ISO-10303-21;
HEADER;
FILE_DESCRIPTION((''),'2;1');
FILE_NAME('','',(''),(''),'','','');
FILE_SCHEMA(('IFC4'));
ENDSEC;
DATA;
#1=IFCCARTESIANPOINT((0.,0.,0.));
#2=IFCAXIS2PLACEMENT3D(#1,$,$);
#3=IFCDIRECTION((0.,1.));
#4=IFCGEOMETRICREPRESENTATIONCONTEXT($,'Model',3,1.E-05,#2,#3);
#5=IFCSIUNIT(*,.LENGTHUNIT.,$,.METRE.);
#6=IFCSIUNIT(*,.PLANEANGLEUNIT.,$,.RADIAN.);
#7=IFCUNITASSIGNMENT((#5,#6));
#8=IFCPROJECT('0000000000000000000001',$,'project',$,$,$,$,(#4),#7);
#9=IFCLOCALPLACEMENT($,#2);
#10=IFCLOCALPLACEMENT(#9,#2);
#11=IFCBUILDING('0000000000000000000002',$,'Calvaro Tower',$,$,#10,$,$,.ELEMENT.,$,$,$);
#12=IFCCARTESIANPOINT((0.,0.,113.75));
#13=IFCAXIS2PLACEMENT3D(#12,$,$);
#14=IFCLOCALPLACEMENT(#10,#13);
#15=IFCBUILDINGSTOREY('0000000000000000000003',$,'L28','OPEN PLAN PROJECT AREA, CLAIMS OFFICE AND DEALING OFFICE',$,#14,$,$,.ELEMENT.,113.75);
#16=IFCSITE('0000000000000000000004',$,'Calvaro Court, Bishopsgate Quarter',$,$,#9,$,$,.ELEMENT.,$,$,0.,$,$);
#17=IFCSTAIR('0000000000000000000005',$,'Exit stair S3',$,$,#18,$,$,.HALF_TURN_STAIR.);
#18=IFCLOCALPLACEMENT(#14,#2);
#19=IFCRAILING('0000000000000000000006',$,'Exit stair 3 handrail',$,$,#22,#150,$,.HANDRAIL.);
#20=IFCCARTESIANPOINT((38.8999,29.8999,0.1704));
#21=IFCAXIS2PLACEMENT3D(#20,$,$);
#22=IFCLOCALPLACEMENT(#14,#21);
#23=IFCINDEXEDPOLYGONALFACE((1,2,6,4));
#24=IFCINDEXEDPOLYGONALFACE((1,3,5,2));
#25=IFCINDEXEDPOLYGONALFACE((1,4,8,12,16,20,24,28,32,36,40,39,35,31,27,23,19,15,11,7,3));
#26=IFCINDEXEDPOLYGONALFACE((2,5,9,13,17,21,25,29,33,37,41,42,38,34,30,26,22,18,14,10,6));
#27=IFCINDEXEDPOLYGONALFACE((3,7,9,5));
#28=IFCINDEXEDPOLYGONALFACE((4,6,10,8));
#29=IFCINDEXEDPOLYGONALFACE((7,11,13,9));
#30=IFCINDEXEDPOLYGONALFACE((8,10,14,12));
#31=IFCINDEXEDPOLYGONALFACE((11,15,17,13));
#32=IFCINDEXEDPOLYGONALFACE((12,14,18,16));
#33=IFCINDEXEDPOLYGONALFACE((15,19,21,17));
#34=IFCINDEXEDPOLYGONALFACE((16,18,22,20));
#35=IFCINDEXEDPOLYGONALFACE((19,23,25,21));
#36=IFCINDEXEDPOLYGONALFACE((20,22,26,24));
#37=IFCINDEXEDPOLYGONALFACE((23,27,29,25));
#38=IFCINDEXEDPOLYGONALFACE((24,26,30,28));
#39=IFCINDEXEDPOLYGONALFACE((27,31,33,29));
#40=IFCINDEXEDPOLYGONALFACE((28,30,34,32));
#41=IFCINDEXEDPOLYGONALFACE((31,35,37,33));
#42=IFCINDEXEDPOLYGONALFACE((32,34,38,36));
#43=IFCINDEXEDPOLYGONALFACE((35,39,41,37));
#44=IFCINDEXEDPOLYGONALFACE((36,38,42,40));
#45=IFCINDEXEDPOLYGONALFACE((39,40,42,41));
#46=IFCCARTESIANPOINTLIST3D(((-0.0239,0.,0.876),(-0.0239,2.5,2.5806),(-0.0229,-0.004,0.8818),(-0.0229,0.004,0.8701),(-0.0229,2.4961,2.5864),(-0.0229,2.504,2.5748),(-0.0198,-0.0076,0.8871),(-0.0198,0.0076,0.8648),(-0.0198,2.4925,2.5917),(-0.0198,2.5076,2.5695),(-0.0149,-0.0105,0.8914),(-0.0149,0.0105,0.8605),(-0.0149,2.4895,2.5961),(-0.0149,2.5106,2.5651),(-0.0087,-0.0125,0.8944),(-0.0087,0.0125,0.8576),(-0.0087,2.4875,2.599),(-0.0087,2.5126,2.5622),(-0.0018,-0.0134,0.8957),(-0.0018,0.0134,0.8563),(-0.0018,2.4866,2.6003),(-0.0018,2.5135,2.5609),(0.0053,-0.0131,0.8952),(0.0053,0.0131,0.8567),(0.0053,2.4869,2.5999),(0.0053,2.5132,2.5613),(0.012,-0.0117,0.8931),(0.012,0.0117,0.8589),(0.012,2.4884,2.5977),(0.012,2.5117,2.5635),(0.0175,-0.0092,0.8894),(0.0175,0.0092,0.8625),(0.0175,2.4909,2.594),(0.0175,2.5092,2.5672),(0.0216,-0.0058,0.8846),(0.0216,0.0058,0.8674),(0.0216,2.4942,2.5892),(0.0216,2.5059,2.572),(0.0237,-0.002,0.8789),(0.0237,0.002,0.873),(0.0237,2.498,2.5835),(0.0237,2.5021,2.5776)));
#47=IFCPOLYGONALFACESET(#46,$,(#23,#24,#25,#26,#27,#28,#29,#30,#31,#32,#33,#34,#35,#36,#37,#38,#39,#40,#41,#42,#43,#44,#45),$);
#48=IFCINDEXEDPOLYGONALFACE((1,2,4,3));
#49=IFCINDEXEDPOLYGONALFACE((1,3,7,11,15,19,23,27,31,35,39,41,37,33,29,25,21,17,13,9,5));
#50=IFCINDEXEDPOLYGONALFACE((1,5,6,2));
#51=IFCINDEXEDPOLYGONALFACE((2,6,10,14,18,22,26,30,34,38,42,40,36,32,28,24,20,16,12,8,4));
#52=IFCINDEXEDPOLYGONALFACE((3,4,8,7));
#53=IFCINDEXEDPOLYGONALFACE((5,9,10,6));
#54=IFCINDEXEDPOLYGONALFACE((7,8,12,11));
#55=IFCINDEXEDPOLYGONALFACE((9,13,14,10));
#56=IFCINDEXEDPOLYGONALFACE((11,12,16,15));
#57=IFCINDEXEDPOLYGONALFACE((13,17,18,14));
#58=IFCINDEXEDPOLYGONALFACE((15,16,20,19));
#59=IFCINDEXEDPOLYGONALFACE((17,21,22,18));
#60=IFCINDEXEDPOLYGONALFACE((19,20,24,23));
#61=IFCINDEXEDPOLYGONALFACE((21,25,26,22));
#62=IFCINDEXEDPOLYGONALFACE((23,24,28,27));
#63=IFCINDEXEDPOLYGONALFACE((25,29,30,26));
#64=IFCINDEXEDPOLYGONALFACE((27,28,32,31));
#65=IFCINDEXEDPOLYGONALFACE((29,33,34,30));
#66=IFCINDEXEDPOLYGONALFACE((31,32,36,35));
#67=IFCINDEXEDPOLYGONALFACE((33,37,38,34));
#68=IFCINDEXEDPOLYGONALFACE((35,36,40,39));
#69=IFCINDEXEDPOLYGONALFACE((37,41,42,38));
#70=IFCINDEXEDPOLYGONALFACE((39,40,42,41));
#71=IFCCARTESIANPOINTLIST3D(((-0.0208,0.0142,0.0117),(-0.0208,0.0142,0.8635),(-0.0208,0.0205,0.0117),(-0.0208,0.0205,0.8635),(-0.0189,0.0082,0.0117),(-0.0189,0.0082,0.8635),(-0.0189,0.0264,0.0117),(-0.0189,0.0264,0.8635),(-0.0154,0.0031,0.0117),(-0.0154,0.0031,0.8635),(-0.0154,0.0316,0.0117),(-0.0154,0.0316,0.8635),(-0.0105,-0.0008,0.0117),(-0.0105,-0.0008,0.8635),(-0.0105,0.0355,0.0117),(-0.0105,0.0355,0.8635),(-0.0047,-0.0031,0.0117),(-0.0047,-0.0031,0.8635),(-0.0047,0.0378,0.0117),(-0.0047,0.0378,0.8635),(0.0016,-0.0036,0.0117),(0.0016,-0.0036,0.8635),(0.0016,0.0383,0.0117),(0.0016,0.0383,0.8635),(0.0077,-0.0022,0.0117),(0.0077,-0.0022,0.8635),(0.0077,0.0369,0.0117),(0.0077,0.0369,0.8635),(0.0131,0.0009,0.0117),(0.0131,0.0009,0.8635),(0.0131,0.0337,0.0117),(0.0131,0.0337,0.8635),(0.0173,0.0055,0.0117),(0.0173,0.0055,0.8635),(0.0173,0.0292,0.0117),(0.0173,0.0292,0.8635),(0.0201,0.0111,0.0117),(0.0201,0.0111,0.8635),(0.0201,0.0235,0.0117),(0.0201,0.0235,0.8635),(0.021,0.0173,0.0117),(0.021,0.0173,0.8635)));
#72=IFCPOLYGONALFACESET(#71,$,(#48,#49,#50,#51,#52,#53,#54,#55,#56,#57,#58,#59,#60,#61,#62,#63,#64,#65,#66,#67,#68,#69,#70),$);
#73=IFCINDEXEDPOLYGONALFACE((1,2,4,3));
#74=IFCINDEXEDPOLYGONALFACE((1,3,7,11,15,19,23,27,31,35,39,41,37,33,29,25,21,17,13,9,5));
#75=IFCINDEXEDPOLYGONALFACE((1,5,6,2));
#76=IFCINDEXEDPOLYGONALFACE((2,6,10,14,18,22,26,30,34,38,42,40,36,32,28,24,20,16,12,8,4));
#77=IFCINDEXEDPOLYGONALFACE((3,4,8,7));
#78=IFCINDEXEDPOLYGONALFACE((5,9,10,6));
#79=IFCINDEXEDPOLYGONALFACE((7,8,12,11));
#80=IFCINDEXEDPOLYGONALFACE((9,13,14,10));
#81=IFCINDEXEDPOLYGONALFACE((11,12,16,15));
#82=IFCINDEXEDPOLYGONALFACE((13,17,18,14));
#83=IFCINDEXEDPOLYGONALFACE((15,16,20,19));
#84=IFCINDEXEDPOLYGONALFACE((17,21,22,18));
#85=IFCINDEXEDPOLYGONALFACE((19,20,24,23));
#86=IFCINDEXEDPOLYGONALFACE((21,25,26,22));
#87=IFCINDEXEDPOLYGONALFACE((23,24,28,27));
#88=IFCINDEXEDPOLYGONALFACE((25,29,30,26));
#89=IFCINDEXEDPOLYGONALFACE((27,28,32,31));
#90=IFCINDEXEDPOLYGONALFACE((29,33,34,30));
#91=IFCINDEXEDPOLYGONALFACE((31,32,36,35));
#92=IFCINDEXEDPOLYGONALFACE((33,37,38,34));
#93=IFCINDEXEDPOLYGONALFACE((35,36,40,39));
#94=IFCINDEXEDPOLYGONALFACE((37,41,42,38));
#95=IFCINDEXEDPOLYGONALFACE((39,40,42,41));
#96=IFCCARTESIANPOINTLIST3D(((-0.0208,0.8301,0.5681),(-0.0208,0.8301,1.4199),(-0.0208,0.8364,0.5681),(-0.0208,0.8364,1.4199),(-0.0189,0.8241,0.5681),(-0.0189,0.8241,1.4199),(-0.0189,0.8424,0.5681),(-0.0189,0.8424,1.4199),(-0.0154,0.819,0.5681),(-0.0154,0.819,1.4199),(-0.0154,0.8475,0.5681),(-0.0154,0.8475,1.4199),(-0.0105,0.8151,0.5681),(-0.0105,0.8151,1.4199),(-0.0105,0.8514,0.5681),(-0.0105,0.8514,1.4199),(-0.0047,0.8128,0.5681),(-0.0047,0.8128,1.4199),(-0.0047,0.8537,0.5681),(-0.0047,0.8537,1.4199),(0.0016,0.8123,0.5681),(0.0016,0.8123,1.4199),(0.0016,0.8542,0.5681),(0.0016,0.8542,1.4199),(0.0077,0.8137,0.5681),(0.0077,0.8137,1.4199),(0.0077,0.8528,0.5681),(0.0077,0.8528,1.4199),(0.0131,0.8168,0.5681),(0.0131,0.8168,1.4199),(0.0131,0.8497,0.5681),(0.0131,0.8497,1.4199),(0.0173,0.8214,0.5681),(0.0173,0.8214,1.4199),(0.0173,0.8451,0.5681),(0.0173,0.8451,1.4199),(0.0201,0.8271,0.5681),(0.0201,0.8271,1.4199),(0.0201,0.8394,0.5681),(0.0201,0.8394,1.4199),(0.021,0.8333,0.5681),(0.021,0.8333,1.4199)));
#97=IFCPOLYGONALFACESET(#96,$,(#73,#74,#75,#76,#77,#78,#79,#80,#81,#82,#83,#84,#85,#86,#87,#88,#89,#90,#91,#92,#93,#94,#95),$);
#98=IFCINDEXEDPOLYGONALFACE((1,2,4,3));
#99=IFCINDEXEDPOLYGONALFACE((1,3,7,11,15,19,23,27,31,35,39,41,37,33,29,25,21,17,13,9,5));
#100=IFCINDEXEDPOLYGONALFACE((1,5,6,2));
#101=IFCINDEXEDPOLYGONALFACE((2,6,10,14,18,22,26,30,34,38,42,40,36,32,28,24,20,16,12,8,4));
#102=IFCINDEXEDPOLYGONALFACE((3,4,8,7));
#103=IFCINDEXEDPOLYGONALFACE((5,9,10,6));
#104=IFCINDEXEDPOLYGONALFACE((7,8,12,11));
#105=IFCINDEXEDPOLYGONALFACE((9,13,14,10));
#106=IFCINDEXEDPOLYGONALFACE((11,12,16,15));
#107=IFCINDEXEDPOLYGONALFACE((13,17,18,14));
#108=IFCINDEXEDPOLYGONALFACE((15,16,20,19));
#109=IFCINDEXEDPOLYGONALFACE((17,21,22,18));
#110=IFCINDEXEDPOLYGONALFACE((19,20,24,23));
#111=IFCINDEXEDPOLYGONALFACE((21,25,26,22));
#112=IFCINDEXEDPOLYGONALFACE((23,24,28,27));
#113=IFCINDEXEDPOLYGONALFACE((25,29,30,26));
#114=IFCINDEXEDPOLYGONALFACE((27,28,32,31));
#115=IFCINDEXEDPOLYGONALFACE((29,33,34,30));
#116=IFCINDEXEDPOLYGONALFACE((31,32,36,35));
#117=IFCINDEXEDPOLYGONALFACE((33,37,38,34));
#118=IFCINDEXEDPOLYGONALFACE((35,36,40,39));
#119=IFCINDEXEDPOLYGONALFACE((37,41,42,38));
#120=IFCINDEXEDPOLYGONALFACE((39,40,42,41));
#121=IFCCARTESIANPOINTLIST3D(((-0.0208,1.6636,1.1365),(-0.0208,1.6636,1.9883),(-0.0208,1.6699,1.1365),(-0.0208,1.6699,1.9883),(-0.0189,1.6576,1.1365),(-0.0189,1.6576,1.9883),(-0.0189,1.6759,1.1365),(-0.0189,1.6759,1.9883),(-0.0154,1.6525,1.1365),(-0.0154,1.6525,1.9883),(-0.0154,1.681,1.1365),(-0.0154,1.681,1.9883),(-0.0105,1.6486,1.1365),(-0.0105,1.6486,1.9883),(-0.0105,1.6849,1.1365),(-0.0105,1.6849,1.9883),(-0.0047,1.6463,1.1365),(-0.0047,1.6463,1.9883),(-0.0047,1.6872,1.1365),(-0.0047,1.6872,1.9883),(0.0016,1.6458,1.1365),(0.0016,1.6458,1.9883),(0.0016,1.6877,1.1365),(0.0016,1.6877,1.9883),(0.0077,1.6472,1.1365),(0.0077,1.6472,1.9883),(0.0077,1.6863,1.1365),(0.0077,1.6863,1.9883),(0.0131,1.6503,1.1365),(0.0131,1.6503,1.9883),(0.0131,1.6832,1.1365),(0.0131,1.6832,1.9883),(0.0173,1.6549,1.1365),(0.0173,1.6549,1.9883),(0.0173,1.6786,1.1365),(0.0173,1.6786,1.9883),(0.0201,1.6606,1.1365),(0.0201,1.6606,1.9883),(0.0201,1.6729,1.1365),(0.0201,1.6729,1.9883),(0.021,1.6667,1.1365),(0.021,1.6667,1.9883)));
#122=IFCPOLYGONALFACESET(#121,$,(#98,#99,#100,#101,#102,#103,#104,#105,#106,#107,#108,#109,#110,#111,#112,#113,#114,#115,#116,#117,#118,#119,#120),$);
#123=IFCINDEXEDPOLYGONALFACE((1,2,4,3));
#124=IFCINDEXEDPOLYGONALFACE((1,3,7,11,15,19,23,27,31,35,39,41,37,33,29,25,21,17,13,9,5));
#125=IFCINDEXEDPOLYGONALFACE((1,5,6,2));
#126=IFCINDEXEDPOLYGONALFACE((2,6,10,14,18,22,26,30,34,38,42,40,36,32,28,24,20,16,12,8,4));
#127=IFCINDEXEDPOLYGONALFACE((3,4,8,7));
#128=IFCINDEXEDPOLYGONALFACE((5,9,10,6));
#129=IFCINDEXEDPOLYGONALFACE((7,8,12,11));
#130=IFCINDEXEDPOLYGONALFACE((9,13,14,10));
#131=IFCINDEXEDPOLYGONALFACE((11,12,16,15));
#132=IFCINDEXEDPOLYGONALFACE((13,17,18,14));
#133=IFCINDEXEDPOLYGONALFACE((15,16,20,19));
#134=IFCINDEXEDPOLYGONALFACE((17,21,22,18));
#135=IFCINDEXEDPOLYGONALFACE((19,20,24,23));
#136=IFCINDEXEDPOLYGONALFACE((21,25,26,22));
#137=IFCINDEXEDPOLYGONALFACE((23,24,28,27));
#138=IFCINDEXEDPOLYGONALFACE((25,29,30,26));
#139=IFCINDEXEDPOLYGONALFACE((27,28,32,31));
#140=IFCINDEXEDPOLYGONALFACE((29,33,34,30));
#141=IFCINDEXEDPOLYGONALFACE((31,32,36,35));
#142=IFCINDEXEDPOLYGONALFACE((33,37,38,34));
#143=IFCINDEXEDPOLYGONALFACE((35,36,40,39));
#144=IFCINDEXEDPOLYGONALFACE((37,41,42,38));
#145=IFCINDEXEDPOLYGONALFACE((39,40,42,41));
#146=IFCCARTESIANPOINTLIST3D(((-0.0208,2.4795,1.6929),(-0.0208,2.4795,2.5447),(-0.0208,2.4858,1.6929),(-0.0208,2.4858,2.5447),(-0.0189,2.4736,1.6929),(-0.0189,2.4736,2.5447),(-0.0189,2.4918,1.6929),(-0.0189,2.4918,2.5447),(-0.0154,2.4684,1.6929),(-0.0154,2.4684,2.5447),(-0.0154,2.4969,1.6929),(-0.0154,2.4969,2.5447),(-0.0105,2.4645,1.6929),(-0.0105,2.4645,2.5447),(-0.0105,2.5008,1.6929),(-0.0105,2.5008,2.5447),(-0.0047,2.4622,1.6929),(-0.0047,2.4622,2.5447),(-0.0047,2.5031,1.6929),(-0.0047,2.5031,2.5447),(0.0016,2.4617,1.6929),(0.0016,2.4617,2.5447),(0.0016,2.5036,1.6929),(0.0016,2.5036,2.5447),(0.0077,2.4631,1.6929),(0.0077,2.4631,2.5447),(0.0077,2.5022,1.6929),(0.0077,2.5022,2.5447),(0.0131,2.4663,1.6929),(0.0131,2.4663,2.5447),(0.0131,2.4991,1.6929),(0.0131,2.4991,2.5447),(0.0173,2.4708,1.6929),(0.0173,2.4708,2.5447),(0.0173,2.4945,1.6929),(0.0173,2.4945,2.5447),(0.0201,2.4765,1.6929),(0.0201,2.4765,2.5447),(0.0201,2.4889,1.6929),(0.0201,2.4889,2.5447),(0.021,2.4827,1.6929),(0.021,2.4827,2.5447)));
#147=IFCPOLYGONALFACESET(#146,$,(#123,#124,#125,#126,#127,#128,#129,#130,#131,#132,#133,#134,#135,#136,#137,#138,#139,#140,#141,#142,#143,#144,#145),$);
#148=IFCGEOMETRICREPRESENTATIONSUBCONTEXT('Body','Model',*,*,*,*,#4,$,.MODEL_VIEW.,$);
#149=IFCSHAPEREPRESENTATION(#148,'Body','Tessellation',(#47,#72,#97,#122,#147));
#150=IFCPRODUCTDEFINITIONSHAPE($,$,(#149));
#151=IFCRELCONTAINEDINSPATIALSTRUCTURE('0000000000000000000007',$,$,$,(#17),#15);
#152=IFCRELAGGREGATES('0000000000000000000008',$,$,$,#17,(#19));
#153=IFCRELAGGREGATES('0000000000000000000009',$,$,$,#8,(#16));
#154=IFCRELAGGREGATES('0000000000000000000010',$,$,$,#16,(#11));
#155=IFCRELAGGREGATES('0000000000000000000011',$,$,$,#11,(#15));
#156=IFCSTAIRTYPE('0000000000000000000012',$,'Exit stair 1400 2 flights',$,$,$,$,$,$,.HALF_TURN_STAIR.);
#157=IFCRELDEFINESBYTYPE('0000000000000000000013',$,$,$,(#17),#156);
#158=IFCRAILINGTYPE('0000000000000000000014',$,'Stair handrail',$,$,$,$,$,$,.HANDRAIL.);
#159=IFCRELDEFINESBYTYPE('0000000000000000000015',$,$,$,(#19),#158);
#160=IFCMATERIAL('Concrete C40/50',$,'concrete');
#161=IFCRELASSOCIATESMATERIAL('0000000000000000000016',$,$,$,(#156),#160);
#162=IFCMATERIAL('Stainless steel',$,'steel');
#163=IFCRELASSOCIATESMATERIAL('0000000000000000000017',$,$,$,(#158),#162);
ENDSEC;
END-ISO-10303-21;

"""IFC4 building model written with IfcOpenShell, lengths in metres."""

from ifc_helpers import new_model, si_unit, direction, frame, origin, origin_2d, place, context, subcontext, project, spatial, circle, extrude, material, type_object, element, aggregate, save


model = new_model("IFC4")

# Units and contexts
model_context = context("Model", 3, precision=1e-05, world=origin(), true_north=direction((0.0, 1.0)))
body_context = subcontext(model_context, "Body", "Model", "MODEL_VIEW")
ifc_project = project(units=[si_unit("LENGTHUNIT", "METRE"), si_unit("PLANEANGLEUNIT", "RADIAN")], contexts=[model_context])

# Site, building, storey
site_placement = place(None, origin())
site = spatial("IfcSite", under=ifc_project, at=site_placement, Name="Calvaro Court, Bishopsgate Quarter", CompositionType="ELEMENT", RefElevation=0.0)
building_placement = place(site_placement, origin())
building = spatial("IfcBuilding", under=site, at=building_placement, Name="Calvaro Tower", CompositionType="ELEMENT")
storey_placement = place(building_placement, frame((0.0, 0.0, 113.75)))
storey = spatial("IfcBuildingStorey", under=building, at=storey_placement, Name="L28", Description="OPEN PLAN PROJECT AREA, CLAIMS OFFICE AND DEALING OFFICE", CompositionType="ELEMENT", Elevation=113.75)

# Stair
ifc_material_1 = material(Name="Concrete C40/50", Category="concrete")
stair_type = type_object("IfcStairType", Name="Exit stair 1400 2 flights", PredefinedType="HALF_TURN_STAIR", material=ifc_material_1)
stair_1_placement = place(storey_placement, origin())
stair_1 = element("IfcStair", 1, at=stair_1_placement, inside=storey, type_object=stair_type, Name="Exit stair S3", PredefinedType="HALF_TURN_STAIR")

# Railing
ifc_material_2 = material(Name="Stainless steel", Category="steel")
railing_type = type_object("IfcRailingType", Name="Stair handrail", PredefinedType="HANDRAIL", material=ifc_material_2)
railing_1_placement = place(storey_placement, frame((38.8999, 29.8999, 0.1704)))
railing_1 = element("IfcRailing", 2, at=railing_1_placement, type_object=railing_type, Name="Exit stair 3 handrail", PredefinedType="HANDRAIL", context=body_context, shape_type="SweptSolid", body=[
    extrude(circle(Radius=0.0239, at=origin_2d()), frame((0.0, 0.0, 0.876), z_axis=(0.0, 0.826221, 0.563347), x_axis=(-1.0, 0.0, 0.0)), (0.0, 0.0, 1.0), 3.0259),
    extrude(circle(Radius=0.021, at=origin_2d()), frame((0.0, 0.0173, 0.0117)), (0.0, 0.0, 1.0), 0.8518),
    extrude(circle(Radius=0.021, at=origin_2d()), frame((0.0, 0.8333, 0.5681)), (0.0, 0.0, 1.0), 0.8518),
    extrude(circle(Radius=0.021, at=origin_2d()), frame((0.0, 1.6667, 1.1365)), (0.0, 0.0, 1.0), 0.8518),
    extrude(circle(Radius=0.021, at=origin_2d()), frame((0.0, 2.4827, 1.6929)), (0.0, 0.0, 1.0), 0.8518),
])
aggregate(stair_1, [railing_1])

save(model, "model.ifc")
